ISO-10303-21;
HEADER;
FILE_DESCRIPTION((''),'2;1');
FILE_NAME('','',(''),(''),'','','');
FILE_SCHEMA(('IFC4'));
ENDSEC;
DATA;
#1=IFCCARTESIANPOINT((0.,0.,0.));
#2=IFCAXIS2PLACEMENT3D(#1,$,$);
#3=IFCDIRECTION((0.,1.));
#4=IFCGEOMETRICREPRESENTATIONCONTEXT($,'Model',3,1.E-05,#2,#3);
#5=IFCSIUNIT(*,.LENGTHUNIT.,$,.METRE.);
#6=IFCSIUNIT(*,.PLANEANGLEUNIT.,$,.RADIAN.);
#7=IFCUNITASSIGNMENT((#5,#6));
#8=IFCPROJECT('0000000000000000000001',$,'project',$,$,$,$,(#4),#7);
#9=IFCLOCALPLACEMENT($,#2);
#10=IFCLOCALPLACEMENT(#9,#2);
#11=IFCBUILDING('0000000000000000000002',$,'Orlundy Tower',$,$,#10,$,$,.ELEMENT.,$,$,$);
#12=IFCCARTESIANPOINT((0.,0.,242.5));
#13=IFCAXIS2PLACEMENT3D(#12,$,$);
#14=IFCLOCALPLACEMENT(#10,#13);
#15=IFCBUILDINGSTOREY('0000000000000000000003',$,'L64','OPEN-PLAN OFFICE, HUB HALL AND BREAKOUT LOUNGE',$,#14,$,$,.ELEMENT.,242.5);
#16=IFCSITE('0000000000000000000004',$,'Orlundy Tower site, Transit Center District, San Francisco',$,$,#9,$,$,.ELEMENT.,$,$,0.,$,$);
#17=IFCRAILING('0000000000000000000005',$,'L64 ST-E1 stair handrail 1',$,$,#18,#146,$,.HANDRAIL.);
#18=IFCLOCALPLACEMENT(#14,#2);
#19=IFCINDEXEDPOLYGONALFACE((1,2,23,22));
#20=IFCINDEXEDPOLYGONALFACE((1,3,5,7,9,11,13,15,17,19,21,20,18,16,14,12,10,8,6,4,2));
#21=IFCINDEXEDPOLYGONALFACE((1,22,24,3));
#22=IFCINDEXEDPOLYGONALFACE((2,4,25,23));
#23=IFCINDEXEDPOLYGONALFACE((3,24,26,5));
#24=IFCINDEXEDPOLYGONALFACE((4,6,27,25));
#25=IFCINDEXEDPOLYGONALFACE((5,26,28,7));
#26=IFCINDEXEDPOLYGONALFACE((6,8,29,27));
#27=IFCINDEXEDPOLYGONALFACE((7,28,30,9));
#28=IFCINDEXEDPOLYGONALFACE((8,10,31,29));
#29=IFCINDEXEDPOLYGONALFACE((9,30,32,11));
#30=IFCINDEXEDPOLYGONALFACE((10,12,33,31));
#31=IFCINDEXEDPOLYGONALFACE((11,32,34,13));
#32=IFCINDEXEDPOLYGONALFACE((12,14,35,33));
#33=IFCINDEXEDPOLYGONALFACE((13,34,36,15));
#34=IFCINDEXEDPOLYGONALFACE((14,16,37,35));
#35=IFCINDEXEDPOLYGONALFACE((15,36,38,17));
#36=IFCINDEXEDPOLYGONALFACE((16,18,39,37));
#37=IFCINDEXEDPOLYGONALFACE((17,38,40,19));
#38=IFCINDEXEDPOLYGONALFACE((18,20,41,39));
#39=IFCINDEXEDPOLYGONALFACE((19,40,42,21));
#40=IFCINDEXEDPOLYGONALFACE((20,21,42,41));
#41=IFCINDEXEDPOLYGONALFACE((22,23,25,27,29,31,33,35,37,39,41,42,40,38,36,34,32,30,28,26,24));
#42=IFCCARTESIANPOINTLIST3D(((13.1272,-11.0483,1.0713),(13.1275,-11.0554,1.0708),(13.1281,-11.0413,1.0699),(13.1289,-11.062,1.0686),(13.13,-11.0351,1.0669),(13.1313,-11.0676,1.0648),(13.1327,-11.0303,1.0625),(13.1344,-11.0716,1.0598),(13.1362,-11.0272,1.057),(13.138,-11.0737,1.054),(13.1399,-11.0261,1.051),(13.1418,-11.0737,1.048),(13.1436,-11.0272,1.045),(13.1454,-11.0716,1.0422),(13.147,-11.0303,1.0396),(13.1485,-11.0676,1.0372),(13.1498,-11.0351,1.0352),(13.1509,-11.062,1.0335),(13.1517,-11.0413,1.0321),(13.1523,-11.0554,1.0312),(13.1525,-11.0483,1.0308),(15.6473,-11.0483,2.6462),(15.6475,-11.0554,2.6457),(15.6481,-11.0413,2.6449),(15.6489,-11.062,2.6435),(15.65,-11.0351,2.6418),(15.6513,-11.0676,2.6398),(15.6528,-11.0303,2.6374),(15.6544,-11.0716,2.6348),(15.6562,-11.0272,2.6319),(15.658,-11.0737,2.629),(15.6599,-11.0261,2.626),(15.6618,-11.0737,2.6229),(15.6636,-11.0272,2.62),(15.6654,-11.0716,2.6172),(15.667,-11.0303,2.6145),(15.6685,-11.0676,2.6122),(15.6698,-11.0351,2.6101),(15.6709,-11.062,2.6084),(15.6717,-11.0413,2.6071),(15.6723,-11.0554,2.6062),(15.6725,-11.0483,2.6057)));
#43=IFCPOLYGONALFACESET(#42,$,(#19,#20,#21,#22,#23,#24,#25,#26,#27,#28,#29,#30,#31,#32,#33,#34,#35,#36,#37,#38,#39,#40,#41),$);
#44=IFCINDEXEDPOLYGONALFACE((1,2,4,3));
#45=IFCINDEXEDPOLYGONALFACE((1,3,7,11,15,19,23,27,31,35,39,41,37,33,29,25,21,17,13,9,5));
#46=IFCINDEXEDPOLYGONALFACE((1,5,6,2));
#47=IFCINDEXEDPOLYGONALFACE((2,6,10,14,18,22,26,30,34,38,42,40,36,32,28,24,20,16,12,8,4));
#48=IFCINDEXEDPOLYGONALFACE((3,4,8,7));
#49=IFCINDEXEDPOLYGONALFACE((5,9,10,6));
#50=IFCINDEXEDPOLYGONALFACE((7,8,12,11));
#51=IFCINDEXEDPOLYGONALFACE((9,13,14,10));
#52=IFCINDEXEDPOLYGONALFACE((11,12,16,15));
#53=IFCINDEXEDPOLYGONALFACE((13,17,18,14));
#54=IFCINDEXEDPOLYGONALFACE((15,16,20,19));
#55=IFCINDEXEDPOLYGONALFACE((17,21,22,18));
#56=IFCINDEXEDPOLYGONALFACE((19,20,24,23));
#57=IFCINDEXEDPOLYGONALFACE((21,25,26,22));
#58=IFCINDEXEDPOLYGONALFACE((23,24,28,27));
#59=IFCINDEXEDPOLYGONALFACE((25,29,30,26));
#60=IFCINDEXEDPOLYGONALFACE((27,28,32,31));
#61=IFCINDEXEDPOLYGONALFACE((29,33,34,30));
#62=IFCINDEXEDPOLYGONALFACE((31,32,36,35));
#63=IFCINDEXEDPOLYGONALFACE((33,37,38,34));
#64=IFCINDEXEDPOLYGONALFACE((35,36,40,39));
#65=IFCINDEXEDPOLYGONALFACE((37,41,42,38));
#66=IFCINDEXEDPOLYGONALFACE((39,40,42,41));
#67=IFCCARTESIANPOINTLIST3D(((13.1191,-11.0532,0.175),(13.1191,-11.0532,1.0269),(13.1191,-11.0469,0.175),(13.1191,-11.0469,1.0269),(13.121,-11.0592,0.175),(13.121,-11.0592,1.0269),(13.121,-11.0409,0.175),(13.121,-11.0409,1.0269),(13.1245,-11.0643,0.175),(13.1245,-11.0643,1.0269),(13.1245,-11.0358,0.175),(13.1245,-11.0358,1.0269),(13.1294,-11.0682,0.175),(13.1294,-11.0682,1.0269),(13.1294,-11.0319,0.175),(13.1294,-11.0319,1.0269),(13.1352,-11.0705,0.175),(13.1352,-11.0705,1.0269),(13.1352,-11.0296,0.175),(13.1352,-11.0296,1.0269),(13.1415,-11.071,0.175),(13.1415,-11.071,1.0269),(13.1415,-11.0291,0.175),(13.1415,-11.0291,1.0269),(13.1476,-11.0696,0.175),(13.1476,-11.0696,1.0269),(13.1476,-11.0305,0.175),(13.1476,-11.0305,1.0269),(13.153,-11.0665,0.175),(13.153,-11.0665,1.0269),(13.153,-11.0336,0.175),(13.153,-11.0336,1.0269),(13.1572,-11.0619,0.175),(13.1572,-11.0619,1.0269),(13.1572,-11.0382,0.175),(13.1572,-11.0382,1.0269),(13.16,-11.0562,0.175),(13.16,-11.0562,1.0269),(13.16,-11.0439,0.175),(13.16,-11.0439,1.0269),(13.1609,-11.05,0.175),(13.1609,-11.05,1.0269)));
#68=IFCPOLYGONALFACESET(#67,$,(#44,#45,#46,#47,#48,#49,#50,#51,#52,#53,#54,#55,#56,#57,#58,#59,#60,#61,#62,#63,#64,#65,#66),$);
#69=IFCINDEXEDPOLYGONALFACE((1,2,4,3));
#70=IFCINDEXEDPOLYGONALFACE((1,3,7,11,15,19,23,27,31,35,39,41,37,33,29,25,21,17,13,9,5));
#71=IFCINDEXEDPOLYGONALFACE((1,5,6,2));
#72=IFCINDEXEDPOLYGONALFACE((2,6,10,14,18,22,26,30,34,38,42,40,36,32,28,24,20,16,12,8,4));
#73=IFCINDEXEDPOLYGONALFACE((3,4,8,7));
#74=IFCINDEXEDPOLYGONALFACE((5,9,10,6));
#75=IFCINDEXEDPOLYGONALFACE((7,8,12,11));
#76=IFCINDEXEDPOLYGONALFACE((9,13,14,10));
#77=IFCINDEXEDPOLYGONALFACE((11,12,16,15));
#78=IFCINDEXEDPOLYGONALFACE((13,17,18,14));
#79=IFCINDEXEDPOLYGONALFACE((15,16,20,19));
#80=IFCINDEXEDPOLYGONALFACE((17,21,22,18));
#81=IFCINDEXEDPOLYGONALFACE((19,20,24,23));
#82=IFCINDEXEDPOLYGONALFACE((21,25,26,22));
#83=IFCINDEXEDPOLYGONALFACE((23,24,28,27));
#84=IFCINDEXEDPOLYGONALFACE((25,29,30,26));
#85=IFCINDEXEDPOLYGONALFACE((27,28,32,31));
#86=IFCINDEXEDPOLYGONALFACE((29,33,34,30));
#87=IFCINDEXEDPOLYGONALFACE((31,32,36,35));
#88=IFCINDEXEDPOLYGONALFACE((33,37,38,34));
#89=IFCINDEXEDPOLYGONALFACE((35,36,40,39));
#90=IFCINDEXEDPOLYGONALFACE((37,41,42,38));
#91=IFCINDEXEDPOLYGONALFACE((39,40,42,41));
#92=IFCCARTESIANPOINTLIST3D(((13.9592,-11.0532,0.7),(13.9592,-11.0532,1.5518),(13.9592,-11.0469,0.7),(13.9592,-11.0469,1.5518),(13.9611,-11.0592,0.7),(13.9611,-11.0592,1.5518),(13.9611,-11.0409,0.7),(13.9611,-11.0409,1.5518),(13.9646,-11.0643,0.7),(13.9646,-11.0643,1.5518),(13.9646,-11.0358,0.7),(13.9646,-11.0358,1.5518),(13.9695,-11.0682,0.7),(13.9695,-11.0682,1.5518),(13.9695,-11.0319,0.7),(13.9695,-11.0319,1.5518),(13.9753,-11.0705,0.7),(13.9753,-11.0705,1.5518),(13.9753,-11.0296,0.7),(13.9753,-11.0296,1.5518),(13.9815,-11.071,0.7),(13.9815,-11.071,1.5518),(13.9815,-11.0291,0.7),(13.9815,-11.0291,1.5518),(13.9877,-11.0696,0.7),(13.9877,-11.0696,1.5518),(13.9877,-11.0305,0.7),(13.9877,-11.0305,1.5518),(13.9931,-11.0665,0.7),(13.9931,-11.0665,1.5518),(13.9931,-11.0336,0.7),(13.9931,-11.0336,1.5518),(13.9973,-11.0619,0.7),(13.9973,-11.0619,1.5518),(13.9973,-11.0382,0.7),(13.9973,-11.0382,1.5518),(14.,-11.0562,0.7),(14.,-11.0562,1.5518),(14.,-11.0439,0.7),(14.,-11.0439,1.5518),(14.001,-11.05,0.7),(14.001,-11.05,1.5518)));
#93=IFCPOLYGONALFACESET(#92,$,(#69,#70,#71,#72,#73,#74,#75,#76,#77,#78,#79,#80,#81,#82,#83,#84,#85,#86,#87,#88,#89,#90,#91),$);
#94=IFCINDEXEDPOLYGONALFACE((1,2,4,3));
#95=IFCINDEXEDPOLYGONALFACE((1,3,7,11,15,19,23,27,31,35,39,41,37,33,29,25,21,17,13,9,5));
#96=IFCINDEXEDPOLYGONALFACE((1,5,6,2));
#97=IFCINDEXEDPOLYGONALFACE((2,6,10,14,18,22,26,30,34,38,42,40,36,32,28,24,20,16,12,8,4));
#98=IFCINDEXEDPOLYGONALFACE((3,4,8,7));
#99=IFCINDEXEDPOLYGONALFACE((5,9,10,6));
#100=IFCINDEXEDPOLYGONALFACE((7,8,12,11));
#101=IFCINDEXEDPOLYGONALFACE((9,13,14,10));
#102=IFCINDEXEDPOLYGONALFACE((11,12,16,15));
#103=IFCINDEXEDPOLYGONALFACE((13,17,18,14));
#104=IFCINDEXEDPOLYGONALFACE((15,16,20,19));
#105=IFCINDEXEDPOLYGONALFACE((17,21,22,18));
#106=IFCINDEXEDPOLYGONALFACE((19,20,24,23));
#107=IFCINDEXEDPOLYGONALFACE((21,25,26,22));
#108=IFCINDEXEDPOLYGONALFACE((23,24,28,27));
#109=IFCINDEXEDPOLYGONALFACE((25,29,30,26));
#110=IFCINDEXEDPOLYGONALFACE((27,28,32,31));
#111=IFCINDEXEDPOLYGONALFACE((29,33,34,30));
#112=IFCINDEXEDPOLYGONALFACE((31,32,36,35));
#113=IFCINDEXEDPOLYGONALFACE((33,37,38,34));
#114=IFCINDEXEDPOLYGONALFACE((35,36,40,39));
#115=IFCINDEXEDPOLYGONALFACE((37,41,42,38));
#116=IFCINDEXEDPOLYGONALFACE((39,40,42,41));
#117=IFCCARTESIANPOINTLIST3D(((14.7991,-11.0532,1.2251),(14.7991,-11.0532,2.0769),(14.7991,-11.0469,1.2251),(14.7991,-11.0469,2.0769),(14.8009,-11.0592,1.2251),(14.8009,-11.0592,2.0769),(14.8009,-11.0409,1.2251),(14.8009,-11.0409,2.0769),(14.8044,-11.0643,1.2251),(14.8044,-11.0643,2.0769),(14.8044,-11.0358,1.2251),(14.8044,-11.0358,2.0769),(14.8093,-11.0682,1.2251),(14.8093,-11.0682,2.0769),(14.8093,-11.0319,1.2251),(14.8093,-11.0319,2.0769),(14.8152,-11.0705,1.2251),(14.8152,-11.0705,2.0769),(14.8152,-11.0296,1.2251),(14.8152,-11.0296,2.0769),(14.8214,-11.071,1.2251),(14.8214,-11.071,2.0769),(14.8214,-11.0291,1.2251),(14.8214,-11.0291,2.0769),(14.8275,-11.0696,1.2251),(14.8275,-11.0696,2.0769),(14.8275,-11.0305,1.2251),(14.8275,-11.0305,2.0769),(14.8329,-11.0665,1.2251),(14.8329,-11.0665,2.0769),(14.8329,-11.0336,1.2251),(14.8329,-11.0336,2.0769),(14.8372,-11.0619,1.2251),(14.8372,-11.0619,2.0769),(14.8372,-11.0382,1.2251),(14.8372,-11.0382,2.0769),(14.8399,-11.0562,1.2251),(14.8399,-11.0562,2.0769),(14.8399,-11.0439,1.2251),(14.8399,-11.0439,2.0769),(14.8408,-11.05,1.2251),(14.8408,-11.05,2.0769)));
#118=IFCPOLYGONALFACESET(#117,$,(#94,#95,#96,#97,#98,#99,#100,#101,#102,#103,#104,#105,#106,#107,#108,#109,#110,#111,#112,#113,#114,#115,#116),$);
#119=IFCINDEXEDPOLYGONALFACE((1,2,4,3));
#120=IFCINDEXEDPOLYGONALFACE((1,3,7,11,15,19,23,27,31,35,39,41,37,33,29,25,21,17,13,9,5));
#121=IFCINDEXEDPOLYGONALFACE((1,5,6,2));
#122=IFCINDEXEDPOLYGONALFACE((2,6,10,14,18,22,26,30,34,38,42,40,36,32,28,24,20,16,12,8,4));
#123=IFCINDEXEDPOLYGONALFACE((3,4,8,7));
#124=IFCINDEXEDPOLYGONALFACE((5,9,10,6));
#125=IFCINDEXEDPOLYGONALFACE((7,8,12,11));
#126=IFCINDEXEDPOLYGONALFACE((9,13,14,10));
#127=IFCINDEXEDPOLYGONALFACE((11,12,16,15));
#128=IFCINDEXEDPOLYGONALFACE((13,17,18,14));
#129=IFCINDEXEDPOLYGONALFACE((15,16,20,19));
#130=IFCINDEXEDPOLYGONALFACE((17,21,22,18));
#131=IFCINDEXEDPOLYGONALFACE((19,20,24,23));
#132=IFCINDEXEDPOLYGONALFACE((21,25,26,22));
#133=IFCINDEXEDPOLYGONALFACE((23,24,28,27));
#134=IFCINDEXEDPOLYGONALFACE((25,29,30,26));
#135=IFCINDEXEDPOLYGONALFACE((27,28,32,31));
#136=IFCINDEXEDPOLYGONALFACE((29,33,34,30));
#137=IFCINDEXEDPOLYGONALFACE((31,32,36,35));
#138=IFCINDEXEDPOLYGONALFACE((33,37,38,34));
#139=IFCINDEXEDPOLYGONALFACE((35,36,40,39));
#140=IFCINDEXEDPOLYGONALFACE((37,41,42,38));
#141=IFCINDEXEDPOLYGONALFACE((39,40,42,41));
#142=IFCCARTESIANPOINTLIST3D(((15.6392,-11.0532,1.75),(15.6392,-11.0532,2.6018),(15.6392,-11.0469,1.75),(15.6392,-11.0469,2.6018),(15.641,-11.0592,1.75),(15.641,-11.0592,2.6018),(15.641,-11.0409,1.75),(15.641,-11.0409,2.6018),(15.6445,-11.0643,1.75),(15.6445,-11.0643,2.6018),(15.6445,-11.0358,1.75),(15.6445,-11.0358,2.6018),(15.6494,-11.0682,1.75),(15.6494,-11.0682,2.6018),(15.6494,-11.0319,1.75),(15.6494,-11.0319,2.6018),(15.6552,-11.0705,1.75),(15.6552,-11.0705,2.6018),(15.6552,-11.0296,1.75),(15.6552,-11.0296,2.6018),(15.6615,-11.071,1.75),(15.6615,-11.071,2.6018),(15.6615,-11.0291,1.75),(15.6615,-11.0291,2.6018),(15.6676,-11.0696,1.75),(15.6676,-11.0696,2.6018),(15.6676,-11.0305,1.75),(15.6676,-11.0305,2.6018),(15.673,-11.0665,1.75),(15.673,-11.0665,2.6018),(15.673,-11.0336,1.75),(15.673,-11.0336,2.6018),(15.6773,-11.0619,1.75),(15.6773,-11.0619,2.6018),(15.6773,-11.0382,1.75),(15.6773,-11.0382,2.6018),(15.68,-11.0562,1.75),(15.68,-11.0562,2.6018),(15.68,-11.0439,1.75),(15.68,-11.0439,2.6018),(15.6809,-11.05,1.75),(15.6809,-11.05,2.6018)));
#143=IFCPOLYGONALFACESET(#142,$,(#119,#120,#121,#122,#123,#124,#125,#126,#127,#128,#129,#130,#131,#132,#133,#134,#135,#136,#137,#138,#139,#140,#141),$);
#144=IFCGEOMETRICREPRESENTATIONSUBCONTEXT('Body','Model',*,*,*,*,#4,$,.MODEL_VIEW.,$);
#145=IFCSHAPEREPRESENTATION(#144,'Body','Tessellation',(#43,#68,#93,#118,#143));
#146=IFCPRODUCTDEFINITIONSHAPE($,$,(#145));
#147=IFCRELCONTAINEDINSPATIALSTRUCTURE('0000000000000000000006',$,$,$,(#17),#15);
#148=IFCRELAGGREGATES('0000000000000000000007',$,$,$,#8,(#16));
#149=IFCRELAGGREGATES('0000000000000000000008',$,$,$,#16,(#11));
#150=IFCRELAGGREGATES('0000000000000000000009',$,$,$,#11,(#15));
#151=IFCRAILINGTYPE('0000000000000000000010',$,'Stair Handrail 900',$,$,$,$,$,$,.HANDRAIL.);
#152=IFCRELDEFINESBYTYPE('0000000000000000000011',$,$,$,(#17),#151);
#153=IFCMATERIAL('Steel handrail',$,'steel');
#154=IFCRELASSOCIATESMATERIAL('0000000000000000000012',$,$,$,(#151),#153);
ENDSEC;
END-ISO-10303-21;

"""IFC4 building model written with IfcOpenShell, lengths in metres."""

from ifc_helpers import new_model, si_unit, direction, frame, origin, origin_2d, place, context, subcontext, project, spatial, circle, extrude, material, type_object, element, save


model = new_model("IFC4")

# Units and contexts
model_context = context("Model", 3, precision=1e-05, world=origin(), true_north=direction((0.0, 1.0)))
body_context = subcontext(model_context, "Body", "Model", "MODEL_VIEW")
ifc_project = project(units=[si_unit("LENGTHUNIT", "METRE"), si_unit("PLANEANGLEUNIT", "RADIAN")], contexts=[model_context])

# Site, building, storey
site_placement = place(None, origin())
site = spatial("IfcSite", under=ifc_project, at=site_placement, Name="Orlundy Tower site, Transit Center District, San Francisco", CompositionType="ELEMENT", RefElevation=0.0)
building_placement = place(site_placement, origin())
building = spatial("IfcBuilding", under=site, at=building_placement, Name="Orlundy Tower", CompositionType="ELEMENT")
storey_placement = place(building_placement, frame((0.0, 0.0, 242.5)))
storey = spatial("IfcBuildingStorey", under=building, at=storey_placement, Name="L64", Description="OPEN-PLAN OFFICE, HUB HALL AND BREAKOUT LOUNGE", CompositionType="ELEMENT", Elevation=242.5)

# Railing
ifc_material_1 = material(Name="Steel handrail", Category="steel")
railing_type_1 = type_object("IfcRailingType", Name="Stair Handrail 900", PredefinedType="HANDRAIL", material=ifc_material_1)
railing_1_placement = place(storey_placement, frame((13.1399, -11.05, 0.175)))
element("IfcRailing", 1, at=railing_1_placement, inside=storey, type_object=railing_type_1, Name="L64 ST-E1 stair handrail 1", PredefinedType="HANDRAIL", context=body_context, shape_type="SweptSolid", body=[
    extrude(circle(Radius=0.0239, at=origin_2d()), frame((0.0, 0.0, 0.876), z_axis=(0.848008, 0.0, 0.529984), x_axis=(0.0, 1.0, 0.0)), (0.0, 0.0, 1.0), 2.9717),
    extrude(circle(Radius=0.021, at=origin_2d()), origin(), (0.0, 0.0, 1.0), 0.8518),
    extrude(circle(Radius=0.021, at=origin_2d()), frame((0.8401, 0.0, 0.5249)), (0.0, 0.0, 1.0), 0.8518),
    extrude(circle(Radius=0.021, at=origin_2d()), frame((1.6799, 0.0, 1.05)), (0.0, 0.0, 1.0), 0.8518),
    extrude(circle(Radius=0.021, at=origin_2d()), frame((2.52, 0.0, 1.575)), (0.0, 0.0, 1.0), 0.8518),
])

save(model, "model.ifc")
